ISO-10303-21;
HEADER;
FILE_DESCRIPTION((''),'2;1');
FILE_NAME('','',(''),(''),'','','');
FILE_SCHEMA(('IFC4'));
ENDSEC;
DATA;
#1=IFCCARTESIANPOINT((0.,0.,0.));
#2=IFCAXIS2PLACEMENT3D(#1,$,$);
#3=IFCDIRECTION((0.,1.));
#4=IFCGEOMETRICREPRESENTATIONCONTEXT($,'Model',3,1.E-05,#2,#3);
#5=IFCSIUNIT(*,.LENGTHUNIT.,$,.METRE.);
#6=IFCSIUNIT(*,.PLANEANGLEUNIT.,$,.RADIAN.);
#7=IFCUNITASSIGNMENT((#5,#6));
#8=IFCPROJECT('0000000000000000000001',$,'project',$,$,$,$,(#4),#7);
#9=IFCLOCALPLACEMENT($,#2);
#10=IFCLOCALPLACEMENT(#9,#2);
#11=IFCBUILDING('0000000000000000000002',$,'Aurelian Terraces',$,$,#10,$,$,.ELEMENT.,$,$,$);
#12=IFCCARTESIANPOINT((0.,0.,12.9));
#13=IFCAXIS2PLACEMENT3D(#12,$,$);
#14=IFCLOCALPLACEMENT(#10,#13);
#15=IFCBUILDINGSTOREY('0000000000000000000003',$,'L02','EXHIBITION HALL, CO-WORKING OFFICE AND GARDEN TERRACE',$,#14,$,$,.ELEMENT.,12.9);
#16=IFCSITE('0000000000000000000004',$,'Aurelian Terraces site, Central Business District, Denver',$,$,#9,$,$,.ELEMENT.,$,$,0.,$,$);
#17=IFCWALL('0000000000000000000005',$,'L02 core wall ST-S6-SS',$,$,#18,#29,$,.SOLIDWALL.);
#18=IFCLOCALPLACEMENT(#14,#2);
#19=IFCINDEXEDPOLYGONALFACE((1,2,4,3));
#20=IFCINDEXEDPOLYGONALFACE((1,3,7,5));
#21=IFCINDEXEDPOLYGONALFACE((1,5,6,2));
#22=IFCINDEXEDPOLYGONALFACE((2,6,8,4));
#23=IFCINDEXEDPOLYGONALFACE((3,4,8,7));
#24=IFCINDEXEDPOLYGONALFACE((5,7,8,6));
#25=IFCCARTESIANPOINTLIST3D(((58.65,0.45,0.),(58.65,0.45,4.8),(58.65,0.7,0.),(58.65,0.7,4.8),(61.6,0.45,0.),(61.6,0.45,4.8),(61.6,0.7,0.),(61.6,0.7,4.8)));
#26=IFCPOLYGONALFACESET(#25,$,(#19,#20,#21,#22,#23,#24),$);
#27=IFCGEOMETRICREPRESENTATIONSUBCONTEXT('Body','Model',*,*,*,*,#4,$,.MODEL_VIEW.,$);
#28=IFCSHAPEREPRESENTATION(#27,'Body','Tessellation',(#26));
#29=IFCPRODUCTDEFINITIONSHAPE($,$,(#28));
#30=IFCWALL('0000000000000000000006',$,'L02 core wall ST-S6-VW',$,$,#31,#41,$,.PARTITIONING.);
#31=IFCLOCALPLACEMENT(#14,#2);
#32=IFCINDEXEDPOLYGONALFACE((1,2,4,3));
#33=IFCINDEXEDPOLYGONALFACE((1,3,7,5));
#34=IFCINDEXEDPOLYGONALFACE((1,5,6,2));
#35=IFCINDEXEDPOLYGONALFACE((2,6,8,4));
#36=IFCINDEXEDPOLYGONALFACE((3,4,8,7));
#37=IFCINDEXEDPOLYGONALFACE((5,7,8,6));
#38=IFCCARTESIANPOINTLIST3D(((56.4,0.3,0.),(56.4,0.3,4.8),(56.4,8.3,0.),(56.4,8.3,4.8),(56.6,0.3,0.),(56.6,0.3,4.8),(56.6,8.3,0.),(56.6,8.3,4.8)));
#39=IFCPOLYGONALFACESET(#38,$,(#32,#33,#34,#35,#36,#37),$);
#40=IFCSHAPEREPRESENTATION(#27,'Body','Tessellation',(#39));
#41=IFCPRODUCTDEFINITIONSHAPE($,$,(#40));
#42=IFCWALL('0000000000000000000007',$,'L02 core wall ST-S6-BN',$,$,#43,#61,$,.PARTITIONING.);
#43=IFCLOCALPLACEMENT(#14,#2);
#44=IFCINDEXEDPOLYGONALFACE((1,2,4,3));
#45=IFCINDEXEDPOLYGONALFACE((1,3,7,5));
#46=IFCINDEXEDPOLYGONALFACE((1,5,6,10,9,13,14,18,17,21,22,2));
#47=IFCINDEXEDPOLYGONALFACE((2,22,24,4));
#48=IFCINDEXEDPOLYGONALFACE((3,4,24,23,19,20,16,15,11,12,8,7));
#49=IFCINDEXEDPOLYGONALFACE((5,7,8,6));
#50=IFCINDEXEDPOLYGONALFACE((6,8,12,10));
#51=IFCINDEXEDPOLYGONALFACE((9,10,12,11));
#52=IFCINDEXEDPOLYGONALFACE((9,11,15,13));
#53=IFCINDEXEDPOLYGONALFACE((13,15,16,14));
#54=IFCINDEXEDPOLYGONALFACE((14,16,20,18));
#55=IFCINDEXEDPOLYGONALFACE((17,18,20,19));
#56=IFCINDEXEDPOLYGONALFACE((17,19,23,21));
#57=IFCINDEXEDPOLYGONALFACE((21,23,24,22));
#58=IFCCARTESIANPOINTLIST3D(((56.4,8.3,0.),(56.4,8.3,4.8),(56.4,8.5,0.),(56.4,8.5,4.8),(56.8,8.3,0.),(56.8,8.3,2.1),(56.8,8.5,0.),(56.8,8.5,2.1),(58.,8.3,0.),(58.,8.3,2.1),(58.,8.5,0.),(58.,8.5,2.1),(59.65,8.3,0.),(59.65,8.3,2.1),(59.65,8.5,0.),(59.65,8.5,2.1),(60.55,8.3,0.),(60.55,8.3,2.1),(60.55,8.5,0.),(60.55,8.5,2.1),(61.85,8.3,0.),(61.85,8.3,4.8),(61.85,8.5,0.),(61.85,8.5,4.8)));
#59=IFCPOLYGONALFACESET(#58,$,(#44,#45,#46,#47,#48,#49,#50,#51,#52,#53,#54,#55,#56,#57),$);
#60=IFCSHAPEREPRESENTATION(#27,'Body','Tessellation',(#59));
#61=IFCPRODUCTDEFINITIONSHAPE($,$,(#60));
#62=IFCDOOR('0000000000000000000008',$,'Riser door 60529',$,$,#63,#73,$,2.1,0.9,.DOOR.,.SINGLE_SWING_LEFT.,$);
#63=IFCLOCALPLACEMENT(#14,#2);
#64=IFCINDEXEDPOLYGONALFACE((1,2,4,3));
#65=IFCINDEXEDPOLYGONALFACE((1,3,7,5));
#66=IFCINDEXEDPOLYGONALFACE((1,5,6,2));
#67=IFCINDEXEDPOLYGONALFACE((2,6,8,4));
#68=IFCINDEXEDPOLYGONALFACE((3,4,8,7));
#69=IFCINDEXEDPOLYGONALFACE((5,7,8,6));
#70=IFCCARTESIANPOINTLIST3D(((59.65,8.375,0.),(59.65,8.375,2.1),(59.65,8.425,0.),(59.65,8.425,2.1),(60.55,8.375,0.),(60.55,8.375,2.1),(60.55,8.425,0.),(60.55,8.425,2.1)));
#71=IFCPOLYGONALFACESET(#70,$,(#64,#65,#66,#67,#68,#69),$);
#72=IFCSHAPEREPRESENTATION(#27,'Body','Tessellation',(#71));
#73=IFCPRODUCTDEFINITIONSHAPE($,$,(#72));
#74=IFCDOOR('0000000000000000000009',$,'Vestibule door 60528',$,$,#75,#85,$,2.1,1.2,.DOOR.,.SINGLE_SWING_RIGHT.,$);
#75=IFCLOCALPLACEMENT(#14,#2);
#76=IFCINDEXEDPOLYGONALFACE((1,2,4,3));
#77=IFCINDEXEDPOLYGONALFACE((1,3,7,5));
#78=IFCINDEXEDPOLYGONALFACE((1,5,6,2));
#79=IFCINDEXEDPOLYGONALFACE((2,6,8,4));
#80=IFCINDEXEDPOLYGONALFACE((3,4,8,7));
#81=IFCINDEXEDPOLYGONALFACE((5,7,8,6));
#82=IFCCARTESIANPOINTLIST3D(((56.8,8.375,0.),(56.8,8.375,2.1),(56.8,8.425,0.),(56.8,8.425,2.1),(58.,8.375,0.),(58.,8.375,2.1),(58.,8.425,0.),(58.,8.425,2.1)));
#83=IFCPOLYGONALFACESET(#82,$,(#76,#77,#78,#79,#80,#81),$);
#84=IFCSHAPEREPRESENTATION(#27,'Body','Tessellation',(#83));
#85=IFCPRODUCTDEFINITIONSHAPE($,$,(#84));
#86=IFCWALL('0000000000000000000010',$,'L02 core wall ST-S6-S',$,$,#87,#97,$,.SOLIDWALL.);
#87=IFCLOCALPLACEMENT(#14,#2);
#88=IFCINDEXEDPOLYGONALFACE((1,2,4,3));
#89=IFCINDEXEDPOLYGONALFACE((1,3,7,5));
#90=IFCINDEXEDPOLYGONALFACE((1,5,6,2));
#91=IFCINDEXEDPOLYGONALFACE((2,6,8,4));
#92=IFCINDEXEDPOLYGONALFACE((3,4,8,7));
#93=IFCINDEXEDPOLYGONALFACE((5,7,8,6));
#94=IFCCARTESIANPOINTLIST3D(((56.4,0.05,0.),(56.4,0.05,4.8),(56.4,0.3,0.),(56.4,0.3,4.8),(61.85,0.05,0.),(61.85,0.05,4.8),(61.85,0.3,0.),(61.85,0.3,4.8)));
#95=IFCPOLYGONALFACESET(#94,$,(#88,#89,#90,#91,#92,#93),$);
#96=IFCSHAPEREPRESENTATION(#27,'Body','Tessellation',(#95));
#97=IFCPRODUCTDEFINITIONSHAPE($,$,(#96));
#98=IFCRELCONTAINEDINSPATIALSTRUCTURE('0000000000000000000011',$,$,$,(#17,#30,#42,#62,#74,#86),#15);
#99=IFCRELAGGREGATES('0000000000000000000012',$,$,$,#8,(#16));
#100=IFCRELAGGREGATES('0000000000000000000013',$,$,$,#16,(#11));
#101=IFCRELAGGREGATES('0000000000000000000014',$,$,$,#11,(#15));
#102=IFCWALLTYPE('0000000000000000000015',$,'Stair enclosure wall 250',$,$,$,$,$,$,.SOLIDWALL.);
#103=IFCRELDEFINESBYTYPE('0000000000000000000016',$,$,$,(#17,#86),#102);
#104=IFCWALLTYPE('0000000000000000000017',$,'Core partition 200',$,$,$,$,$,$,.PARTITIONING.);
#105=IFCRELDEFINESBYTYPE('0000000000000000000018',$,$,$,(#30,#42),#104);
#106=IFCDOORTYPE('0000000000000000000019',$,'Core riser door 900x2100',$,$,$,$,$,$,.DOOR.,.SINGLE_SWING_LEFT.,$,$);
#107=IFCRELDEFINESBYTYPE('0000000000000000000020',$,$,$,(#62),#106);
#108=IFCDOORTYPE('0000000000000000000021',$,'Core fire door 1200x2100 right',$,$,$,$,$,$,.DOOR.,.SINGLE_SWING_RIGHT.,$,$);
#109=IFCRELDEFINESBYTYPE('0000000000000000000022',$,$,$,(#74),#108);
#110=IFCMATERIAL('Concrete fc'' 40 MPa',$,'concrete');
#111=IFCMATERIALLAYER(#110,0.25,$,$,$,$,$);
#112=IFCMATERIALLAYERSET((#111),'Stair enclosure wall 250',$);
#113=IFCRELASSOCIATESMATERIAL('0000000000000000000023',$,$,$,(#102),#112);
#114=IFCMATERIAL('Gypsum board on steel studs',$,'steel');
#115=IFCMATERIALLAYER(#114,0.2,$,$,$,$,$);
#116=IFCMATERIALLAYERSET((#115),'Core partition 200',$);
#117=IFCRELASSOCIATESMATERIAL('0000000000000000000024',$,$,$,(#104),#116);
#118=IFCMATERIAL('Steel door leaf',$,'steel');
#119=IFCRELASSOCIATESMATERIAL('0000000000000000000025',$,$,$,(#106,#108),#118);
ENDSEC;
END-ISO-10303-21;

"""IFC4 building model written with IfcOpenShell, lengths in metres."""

from ifc_helpers import new_model, si_unit, direction, frame, frame_2d, origin, place, context, subcontext, project, spatial, rectangle, extrude, source, transform, mapped, material, layer, layer_set, type_object, element, fill, save


model = new_model("IFC4")

# Units and contexts
model_context = context("Model", 3, precision=1e-05, world=origin(), true_north=direction((0.0, 1.0)))
body_context = subcontext(model_context, "Body", "Model", "MODEL_VIEW")
ifc_project = project(units=[si_unit("LENGTHUNIT", "METRE"), si_unit("PLANEANGLEUNIT", "RADIAN")], contexts=[model_context])

# Site, building, storey
site_placement = place(None, origin())
site = spatial("IfcSite", under=ifc_project, at=site_placement, Name="Aurelian Terraces site, Central Business District, Denver", CompositionType="ELEMENT", RefElevation=0.0)
building_placement = place(site_placement, origin())
building = spatial("IfcBuilding", under=site, at=building_placement, Name="Aurelian Terraces", CompositionType="ELEMENT")
storey_placement = place(building_placement, frame((0.0, 0.0, 12.9)))
storey = spatial("IfcBuildingStorey", under=building, at=storey_placement, Name="L02", Description="EXHIBITION HALL, CO-WORKING OFFICE AND GARDEN TERRACE", CompositionType="ELEMENT", Elevation=12.9)

# Shared definitions
ifc_material_1 = material(Name="Concrete fc' 40 MPa", Category="concrete")
ifc_layer_1 = layer(ifc_material_1, 0.25)
ifc_layer_set_1 = layer_set([ifc_layer_1], Name="Stair enclosure wall 250")
wall_type_1 = type_object("IfcWallType", Name="Stair enclosure wall 250", PredefinedType="SOLIDWALL", material=ifc_layer_set_1)
ifc_material_2 = material(Name="Steel door leaf", Category="steel")

# Walls
shared_shape_1 = source(origin(), body_context, "Body", "SweptSolid", [
    extrude(rectangle(XDim=2.95, YDim=0.25, at=frame_2d((1.475, 0.0))), origin(), (0.0, 0.0, 1.0), 4.8),
])
wall_1_placement = place(storey_placement, frame((58.65, 0.575, 0.0), z_axis=(0.0, 0.0, 1.0), x_axis=(1.0, 0.0, 0.0)))
element("IfcWall", 1, at=wall_1_placement, inside=storey, type_object=wall_type_1, Name="L02 core wall ST-S6-SS", PredefinedType="SOLIDWALL", context=body_context, shape_type="MappedRepresentation", body=[
    mapped(shared_shape_1, transform((0.0, 0.0, 0.0), scale=1.0)),
])
ifc_material_3 = material(Name="Gypsum board on steel studs", Category="steel")
ifc_layer_2 = layer(ifc_material_3, 0.2)
ifc_layer_set_2 = layer_set([ifc_layer_2], Name="Core partition 200")
wall_type_2 = type_object("IfcWallType", Name="Core partition 200", PredefinedType="PARTITIONING", material=ifc_layer_set_2)
shared_shape_2 = source(origin(), body_context, "Body", "SweptSolid", [
    extrude(rectangle(XDim=8.0, YDim=0.2, at=frame_2d((4.0, 0.0))), origin(), (0.0, 0.0, 1.0), 4.8),
])
wall_2_placement = place(storey_placement, frame((56.5, 0.3, 0.0), z_axis=(0.0, 0.0, 1.0), x_axis=(0.0, 1.0, 0.0)))
element("IfcWall", 2, at=wall_2_placement, inside=storey, type_object=wall_type_2, Name="L02 core wall ST-S6-VW", PredefinedType="PARTITIONING", context=body_context, shape_type="MappedRepresentation", body=[
    mapped(shared_shape_2, transform((0.0, 0.0, 0.0), scale=1.0)),
])

# Wall, openings, doors
shared_shape_3 = source(origin(), body_context, "Body", "SweptSolid", [
    extrude(rectangle(XDim=5.45, YDim=0.2, at=frame_2d((2.725, 0.0))), origin(), (0.0, 0.0, 1.0), 4.8),
])
wall_3_placement = place(storey_placement, frame((56.4, 8.4, 0.0), z_axis=(0.0, 0.0, 1.0), x_axis=(1.0, 0.0, 0.0)))
wall_3 = element("IfcWall", 3, at=wall_3_placement, inside=storey, type_object=wall_type_2, Name="L02 core wall ST-S6-BN", PredefinedType="PARTITIONING", context=body_context, shape_type="MappedRepresentation", body=[
    mapped(shared_shape_3, transform((0.0, 0.0, 0.0), scale=1.0)),
])
shared_shape_4 = source(origin(), body_context, "Body", "SweptSolid", [
    extrude(rectangle(XDim=1.2, YDim=2.1, at=frame_2d((0.6, 1.05))), frame((0.0, 0.11, 0.0), z_axis=(0.0, -1.0, 0.0), x_axis=(1.0, 0.0, 0.0)), (0.0, 0.0, 1.0), 0.22),
])
opening_1_placement = place(wall_3_placement, frame((0.4, 0.0, 0.0)))
opening_1 = element("IfcOpeningElement", 4, at=opening_1_placement, cuts=wall_3, PredefinedType="OPENING", context=body_context, shape_type="MappedRepresentation", body=[
    mapped(shared_shape_4, transform((0.0, 0.0, 0.0), scale=1.0)),
])
shared_shape_5 = source(origin(), body_context, "Body", "SweptSolid", [
    extrude(rectangle(XDim=0.9, YDim=2.1, at=frame_2d((0.45, 1.05))), frame((0.0, 0.11, 0.0), z_axis=(0.0, -1.0, 0.0), x_axis=(1.0, 0.0, 0.0)), (0.0, 0.0, 1.0), 0.22),
])
opening_2_placement = place(wall_3_placement, frame((3.25, 0.0, 0.0)))
opening_2 = element("IfcOpeningElement", 5, at=opening_2_placement, cuts=wall_3, PredefinedType="OPENING", context=body_context, shape_type="MappedRepresentation", body=[
    mapped(shared_shape_5, transform((0.0, 0.0, 0.0), scale=1.0)),
])
door_type_1 = type_object("IfcDoorType", Name="Core riser door 900x2100", OperationType="SINGLE_SWING_LEFT", PredefinedType="DOOR", material=ifc_material_2)
shared_shape_6 = source(origin(), body_context, "Body", "SweptSolid", [
    extrude(rectangle(XDim=0.9, YDim=2.1, at=frame_2d((0.45, 1.05))), frame((0.0, 0.025, 0.0), z_axis=(0.0, -1.0, 0.0), x_axis=(1.0, 0.0, 0.0)), (0.0, 0.0, 1.0), 0.05),
])
door_1_placement = place(opening_2_placement, origin())
door_1 = element("IfcDoor", 6, at=door_1_placement, inside=storey, type_object=door_type_1, Name="Riser door 60529", OperationType="SINGLE_SWING_LEFT", OverallHeight=2.1, OverallWidth=0.9, PredefinedType="DOOR", context=body_context, shape_type="MappedRepresentation", body=[
    mapped(shared_shape_6, transform((0.0, 0.0, 0.0), scale=1.0)),
])
fill(opening_2, door_1)
door_type_2 = type_object("IfcDoorType", Name="Core fire door 1200x2100 right", OperationType="SINGLE_SWING_RIGHT", PredefinedType="DOOR", material=ifc_material_2)
shared_shape_7 = source(origin(), body_context, "Body", "SweptSolid", [
    extrude(rectangle(XDim=1.2, YDim=2.1, at=frame_2d((0.6, 1.05))), frame((0.0, 0.025, 0.0), z_axis=(0.0, -1.0, 0.0), x_axis=(1.0, 0.0, 0.0)), (0.0, 0.0, 1.0), 0.05),
])
door_2_placement = place(opening_1_placement, origin())
door_2 = element("IfcDoor", 7, at=door_2_placement, inside=storey, type_object=door_type_2, Name="Vestibule door 60528", OperationType="SINGLE_SWING_RIGHT", OverallHeight=2.1, OverallWidth=1.2, PredefinedType="DOOR", context=body_context, shape_type="MappedRepresentation", body=[
    mapped(shared_shape_7, transform((0.0, 0.0, 0.0), scale=1.0)),
])
fill(opening_1, door_2)

# Wall
shared_shape_8 = source(origin(), body_context, "Body", "SweptSolid", [
    extrude(rectangle(XDim=5.45, YDim=0.25, at=frame_2d((2.725, 0.0))), origin(), (0.0, 0.0, 1.0), 4.8),
])
wall_4_placement = place(storey_placement, frame((56.4, 0.175, 0.0), z_axis=(0.0, 0.0, 1.0), x_axis=(1.0, 0.0, 0.0)))
element("IfcWall", 8, at=wall_4_placement, inside=storey, type_object=wall_type_1, Name="L02 core wall ST-S6-S", PredefinedType="SOLIDWALL", context=body_context, shape_type="MappedRepresentation", body=[
    mapped(shared_shape_8, transform((0.0, 0.0, 0.0), scale=1.0)),
])

save(model, "model.ifc")
